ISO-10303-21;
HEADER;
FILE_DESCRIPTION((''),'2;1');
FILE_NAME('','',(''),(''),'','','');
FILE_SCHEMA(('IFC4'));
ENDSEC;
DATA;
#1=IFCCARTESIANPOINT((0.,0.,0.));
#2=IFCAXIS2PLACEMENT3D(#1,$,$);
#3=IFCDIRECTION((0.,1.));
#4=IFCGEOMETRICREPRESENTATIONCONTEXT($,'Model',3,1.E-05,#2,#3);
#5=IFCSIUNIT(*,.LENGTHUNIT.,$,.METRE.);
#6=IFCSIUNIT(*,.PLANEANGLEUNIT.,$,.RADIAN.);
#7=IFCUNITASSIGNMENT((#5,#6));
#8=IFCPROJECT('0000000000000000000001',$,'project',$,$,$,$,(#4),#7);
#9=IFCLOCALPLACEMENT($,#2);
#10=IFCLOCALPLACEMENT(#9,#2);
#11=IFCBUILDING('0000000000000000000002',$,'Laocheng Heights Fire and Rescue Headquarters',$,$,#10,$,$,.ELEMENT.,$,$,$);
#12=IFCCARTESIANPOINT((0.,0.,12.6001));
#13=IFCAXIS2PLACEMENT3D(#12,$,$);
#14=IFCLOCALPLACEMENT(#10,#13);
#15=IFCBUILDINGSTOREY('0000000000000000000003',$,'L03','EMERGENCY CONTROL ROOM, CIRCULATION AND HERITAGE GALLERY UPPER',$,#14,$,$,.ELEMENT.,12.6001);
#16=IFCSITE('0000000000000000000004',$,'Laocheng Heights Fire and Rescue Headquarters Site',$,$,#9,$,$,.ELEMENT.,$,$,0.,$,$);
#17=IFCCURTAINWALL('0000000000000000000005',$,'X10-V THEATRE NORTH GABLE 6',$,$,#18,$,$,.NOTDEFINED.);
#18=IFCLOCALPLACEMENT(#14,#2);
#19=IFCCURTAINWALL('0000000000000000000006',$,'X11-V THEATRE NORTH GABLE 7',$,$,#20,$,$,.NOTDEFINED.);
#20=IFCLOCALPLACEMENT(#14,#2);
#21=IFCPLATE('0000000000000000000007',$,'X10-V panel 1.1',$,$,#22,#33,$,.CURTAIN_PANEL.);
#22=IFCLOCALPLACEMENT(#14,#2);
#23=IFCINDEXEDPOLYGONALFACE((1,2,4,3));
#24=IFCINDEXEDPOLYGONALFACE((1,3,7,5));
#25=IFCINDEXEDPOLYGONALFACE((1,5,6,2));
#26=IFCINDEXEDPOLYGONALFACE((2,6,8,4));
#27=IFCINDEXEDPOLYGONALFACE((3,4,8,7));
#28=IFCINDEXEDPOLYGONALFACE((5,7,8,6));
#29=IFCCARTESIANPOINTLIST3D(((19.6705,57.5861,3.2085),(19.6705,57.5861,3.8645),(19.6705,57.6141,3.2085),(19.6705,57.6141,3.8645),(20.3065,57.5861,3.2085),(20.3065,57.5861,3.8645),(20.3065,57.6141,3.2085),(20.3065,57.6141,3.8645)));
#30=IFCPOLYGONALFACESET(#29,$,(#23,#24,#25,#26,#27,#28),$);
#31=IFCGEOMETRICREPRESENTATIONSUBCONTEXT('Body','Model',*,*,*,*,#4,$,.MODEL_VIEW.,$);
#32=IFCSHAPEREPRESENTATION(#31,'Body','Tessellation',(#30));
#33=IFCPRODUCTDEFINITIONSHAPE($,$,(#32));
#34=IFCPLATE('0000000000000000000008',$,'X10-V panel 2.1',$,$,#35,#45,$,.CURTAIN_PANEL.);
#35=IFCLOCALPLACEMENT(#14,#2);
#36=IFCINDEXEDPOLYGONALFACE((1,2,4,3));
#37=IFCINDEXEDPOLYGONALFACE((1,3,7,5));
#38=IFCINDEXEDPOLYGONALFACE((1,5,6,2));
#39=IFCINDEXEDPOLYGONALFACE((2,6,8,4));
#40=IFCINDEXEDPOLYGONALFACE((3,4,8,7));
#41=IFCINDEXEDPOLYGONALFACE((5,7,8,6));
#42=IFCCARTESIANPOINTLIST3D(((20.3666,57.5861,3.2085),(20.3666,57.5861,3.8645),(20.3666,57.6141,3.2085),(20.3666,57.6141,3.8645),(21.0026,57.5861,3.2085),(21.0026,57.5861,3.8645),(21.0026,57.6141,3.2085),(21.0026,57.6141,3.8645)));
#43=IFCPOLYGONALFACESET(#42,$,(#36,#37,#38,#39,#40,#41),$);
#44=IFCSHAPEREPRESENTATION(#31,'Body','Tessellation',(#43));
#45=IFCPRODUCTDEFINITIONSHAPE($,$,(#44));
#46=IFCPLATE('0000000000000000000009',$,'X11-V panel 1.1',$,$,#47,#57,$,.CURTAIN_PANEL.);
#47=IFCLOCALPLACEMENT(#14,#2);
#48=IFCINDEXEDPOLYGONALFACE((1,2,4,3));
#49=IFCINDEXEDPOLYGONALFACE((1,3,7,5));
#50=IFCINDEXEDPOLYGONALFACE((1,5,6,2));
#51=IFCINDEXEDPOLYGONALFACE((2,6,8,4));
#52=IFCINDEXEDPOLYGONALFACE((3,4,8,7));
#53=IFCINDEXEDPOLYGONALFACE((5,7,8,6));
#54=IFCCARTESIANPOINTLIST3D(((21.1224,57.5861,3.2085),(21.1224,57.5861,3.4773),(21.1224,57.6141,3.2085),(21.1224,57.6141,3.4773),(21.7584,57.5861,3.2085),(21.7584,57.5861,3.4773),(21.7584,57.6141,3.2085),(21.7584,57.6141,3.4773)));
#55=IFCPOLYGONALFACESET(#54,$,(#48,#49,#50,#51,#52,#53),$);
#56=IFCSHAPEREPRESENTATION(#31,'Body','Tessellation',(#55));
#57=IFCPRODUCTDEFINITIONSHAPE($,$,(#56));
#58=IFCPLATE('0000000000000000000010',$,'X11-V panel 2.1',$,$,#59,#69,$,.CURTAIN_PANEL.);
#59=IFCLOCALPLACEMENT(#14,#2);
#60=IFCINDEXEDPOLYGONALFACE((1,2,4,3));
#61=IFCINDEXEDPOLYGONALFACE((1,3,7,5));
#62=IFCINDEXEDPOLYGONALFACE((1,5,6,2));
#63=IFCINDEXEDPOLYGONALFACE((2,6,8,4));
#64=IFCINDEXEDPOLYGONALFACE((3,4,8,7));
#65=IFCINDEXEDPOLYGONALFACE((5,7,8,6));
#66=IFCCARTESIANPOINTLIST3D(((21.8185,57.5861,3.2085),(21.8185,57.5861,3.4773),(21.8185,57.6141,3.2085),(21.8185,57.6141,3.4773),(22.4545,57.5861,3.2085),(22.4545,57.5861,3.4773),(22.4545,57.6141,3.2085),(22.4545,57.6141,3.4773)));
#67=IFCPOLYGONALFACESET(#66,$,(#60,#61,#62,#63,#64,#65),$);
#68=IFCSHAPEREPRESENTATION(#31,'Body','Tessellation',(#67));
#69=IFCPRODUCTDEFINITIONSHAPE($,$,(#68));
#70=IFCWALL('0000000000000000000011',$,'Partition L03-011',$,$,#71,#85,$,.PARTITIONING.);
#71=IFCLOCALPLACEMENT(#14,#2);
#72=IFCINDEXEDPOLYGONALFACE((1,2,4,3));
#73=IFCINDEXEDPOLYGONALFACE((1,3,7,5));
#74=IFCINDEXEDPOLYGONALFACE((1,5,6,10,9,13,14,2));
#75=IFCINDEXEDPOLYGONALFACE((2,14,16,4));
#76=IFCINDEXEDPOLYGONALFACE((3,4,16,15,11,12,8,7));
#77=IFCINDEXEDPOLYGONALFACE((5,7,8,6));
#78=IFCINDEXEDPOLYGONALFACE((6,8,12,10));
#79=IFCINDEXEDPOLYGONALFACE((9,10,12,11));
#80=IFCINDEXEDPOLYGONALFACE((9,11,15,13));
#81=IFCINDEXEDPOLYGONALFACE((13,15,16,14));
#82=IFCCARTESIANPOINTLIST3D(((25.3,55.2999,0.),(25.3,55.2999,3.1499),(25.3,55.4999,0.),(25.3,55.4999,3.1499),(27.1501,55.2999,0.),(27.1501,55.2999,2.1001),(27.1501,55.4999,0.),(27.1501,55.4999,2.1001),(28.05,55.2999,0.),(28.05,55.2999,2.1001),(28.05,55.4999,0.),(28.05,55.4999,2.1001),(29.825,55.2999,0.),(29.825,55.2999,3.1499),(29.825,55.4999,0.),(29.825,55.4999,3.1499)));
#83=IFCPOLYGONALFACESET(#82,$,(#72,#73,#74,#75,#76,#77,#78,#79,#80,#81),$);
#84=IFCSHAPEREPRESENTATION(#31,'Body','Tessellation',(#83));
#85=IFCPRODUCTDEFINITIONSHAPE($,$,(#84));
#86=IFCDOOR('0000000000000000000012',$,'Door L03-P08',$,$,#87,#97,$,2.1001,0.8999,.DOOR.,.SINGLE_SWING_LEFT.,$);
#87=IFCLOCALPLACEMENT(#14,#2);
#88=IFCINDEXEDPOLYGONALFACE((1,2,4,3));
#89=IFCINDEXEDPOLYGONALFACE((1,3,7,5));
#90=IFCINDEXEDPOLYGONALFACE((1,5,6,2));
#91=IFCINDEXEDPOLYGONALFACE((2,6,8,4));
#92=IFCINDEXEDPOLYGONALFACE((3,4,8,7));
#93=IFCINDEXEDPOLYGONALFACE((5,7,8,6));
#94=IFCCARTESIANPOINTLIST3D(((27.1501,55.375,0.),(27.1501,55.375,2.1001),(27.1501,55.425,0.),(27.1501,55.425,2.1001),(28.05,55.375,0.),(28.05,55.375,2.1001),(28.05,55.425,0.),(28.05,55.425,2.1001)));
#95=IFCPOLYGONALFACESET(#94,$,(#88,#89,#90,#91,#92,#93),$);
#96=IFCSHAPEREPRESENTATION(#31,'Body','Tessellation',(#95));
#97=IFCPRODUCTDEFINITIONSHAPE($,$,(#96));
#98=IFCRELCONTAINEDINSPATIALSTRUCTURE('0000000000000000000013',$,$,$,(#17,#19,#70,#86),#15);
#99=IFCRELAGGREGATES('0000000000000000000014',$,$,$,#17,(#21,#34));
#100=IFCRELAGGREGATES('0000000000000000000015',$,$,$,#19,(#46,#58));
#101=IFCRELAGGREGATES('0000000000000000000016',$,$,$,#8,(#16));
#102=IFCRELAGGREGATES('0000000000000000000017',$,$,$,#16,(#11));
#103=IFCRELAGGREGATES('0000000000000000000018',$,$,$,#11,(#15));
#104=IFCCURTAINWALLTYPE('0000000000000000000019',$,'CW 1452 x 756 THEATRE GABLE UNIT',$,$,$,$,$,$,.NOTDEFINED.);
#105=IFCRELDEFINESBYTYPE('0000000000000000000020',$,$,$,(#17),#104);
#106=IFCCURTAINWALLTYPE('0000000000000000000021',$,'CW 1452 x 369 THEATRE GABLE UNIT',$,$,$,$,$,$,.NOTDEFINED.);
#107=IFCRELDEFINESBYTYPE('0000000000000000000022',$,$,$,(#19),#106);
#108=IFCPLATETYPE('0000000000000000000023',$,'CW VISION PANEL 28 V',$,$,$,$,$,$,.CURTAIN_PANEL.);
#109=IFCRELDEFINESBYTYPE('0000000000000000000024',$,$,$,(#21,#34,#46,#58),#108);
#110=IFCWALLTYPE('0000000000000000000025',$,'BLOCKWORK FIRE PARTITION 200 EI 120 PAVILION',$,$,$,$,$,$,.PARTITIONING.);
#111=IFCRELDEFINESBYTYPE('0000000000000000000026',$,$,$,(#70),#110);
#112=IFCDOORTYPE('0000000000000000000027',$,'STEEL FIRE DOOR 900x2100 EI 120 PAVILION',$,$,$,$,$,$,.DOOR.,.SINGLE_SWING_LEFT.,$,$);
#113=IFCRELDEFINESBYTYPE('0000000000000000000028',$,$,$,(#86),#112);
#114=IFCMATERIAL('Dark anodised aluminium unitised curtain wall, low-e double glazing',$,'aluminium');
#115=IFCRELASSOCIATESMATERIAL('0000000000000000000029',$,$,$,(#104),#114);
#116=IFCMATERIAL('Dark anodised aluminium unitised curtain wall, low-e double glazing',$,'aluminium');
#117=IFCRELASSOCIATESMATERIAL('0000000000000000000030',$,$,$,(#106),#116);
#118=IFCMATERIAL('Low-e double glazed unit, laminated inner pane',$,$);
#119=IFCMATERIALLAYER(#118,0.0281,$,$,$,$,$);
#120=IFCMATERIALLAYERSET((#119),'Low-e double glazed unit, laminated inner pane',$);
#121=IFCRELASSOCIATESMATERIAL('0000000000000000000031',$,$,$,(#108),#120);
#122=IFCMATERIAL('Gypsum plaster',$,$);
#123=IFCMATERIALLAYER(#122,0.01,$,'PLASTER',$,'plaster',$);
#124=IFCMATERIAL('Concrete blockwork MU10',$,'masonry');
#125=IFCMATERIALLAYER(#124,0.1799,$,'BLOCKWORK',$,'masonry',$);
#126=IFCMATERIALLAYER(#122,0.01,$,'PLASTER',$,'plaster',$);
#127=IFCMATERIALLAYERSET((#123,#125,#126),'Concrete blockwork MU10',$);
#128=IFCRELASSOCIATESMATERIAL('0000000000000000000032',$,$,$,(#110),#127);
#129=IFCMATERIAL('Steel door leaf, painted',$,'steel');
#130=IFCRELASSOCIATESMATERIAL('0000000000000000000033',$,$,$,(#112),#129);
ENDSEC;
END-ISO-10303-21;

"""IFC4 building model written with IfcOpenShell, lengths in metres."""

from ifc_helpers import new_model, si_unit, direction, frame, frame_2d, origin, origin_2d, place, context, subcontext, project, spatial, rectangle, extrude, material, layer, layer_set, type_object, element, fill, aggregate, save


model = new_model("IFC4")

# Units and contexts
model_context = context("Model", 3, precision=1e-05, world=origin(), true_north=direction((0.0, 1.0)))
body_context = subcontext(model_context, "Body", "Model", "MODEL_VIEW")
ifc_project = project(units=[si_unit("LENGTHUNIT", "METRE"), si_unit("PLANEANGLEUNIT", "RADIAN")], contexts=[model_context])

# Site, building, storey
site_placement = place(None, origin())
site = spatial("IfcSite", under=ifc_project, at=site_placement, Name="Laocheng Heights Fire and Rescue Headquarters Site", CompositionType="ELEMENT", RefElevation=0.0)
building_placement = place(site_placement, origin())
building = spatial("IfcBuilding", under=site, at=building_placement, Name="Laocheng Heights Fire and Rescue Headquarters", CompositionType="ELEMENT")
storey_placement = place(building_placement, frame((0.0, 0.0, 12.6001)))
storey = spatial("IfcBuildingStorey", under=building, at=storey_placement, Name="L03", Description="EMERGENCY CONTROL ROOM, CIRCULATION AND HERITAGE GALLERY UPPER", CompositionType="ELEMENT", Elevation=12.6001)

# Curtain walls
ifc_material_1 = material(Name="Dark anodised aluminium unitised curtain wall, low-e double glazing", Category="aluminium")
curtain_wall_type_1 = type_object("IfcCurtainWallType", Name="CW 1452 x 756 THEATRE GABLE UNIT", PredefinedType="NOTDEFINED", material=ifc_material_1)
curtain_wall_1_placement = place(storey_placement, origin())
curtain_wall_1 = element("IfcCurtainWall", 1, at=curtain_wall_1_placement, inside=storey, type_object=curtain_wall_type_1, Name="X10-V THEATRE NORTH GABLE 6", PredefinedType="NOTDEFINED")
ifc_material_2 = material(Name="Dark anodised aluminium unitised curtain wall, low-e double glazing", Category="aluminium")
curtain_wall_type_2 = type_object("IfcCurtainWallType", Name="CW 1452 x 369 THEATRE GABLE UNIT", PredefinedType="NOTDEFINED", material=ifc_material_2)
curtain_wall_2_placement = place(storey_placement, origin())
curtain_wall_2 = element("IfcCurtainWall", 2, at=curtain_wall_2_placement, inside=storey, type_object=curtain_wall_type_2, Name="X11-V THEATRE NORTH GABLE 7", PredefinedType="NOTDEFINED")

# Plates
ifc_material_3 = material(Name="Low-e double glazed unit, laminated inner pane")
ifc_layer_1 = layer(ifc_material_3, 0.0281)
ifc_layer_set_1 = layer_set([ifc_layer_1], Name="Low-e double glazed unit, laminated inner pane")
plate_type = type_object("IfcPlateType", Name="CW VISION PANEL 28 V", PredefinedType="CURTAIN_PANEL", material=ifc_layer_set_1)
plate_1_placement = place(storey_placement, frame((19.9885, 57.6001, 3.2085), z_axis=(0.0, 0.0, 1.0), x_axis=(1.0, 0.0, 0.0)))
plate_1 = element("IfcPlate", 3, at=plate_1_placement, type_object=plate_type, Name="X10-V panel 1.1", PredefinedType="CURTAIN_PANEL", context=body_context, shape_type="SweptSolid", body=[
    extrude(rectangle(XDim=0.636, YDim=0.0281, at=origin_2d()), origin(), (0.0, 0.0, 1.0), 0.656),
])
plate_2_placement = place(storey_placement, frame((20.6846, 57.6001, 3.2085), z_axis=(0.0, 0.0, 1.0), x_axis=(1.0, 0.0, 0.0)))
plate_2 = element("IfcPlate", 4, at=plate_2_placement, type_object=plate_type, Name="X10-V panel 2.1", PredefinedType="CURTAIN_PANEL", context=body_context, shape_type="SweptSolid", body=[
    extrude(rectangle(XDim=0.636, YDim=0.0281, at=origin_2d()), origin(), (0.0, 0.0, 1.0), 0.656),
])
aggregate(curtain_wall_1, [plate_1, plate_2])
plate_3_placement = place(storey_placement, frame((21.4404, 57.6001, 3.2085), z_axis=(0.0, 0.0, 1.0), x_axis=(1.0, 0.0, 0.0)))
plate_3 = element("IfcPlate", 5, at=plate_3_placement, type_object=plate_type, Name="X11-V panel 1.1", PredefinedType="CURTAIN_PANEL", context=body_context, shape_type="SweptSolid", body=[
    extrude(rectangle(XDim=0.636, YDim=0.0281, at=origin_2d()), origin(), (0.0, 0.0, 1.0), 0.2688),
])
plate_4_placement = place(storey_placement, frame((22.1365, 57.6001, 3.2085), z_axis=(0.0, 0.0, 1.0), x_axis=(1.0, 0.0, 0.0)))
plate_4 = element("IfcPlate", 6, at=plate_4_placement, type_object=plate_type, Name="X11-V panel 2.1", PredefinedType="CURTAIN_PANEL", context=body_context, shape_type="SweptSolid", body=[
    extrude(rectangle(XDim=0.636, YDim=0.0281, at=origin_2d()), origin(), (0.0, 0.0, 1.0), 0.2688),
])
aggregate(curtain_wall_2, [plate_3, plate_4])

# Wall, opening, door
ifc_material_4 = material(Name="Gypsum plaster")
ifc_layer_2 = layer(ifc_material_4, 0.01, Name="PLASTER", Category="plaster")
ifc_material_5 = material(Name="Concrete blockwork MU10", Category="masonry")
ifc_layer_3 = layer(ifc_material_5, 0.1799, Name="BLOCKWORK", Category="masonry")
ifc_layer_4 = layer(ifc_material_4, 0.01, Name="PLASTER", Category="plaster")
ifc_layer_set_2 = layer_set([ifc_layer_2, ifc_layer_3, ifc_layer_4], Name="Concrete blockwork MU10")
wall_type = type_object("IfcWallType", Name="BLOCKWORK FIRE PARTITION 200 EI 120 PAVILION", PredefinedType="PARTITIONING", material=ifc_layer_set_2)
wall_placement = place(storey_placement, frame((25.3, 55.3999, 0.0), z_axis=(0.0, 0.0, 1.0), x_axis=(1.0, 0.0, 0.0)))
wall = element("IfcWall", 7, at=wall_placement, inside=storey, type_object=wall_type, Name="Partition L03-011", PredefinedType="PARTITIONING", context=body_context, shape_type="SweptSolid", body=[
    extrude(rectangle(XDim=4.5249, YDim=0.2, at=frame_2d((2.2625, 0.0))), origin(), (0.0, 0.0, 1.0), 3.1499),
])
opening_placement = place(wall_placement, frame((1.8501, 0.0, 0.0)))
opening = element("IfcOpeningElement", 8, at=opening_placement, cuts=wall, PredefinedType="OPENING", context=body_context, shape_type="SweptSolid", body=[
    extrude(rectangle(XDim=0.8999, YDim=2.1001, at=frame_2d((0.45, 1.05))), frame((0.0, 0.1099, 0.0), z_axis=(0.0, -1.0, 0.0), x_axis=(1.0, 0.0, 0.0)), (0.0, 0.0, 1.0), 0.22),
])
ifc_material_6 = material(Name="Steel door leaf, painted", Category="steel")
door_type = type_object("IfcDoorType", Name="STEEL FIRE DOOR 900x2100 EI 120 PAVILION", OperationType="SINGLE_SWING_LEFT", PredefinedType="DOOR", material=ifc_material_6)
door_placement = place(opening_placement, frame((0.8999, 0.0, 0.0), z_axis=(0.0, 0.0, 1.0), x_axis=(-1.0, 0.0, 0.0)))
door = element("IfcDoor", 9, at=door_placement, inside=storey, type_object=door_type, Name="Door L03-P08", OperationType="SINGLE_SWING_LEFT", OverallHeight=2.1001, OverallWidth=0.8999, PredefinedType="DOOR", context=body_context, shape_type="SweptSolid", body=[
    extrude(rectangle(XDim=0.8999, YDim=2.1001, at=frame_2d((0.45, 1.05))), frame((0.0, 0.0249, 0.0), z_axis=(0.0, -1.0, 0.0), x_axis=(1.0, 0.0, 0.0)), (0.0, 0.0, 1.0), 0.05),
])
fill(opening, door)

save(model, "model.ifc")
